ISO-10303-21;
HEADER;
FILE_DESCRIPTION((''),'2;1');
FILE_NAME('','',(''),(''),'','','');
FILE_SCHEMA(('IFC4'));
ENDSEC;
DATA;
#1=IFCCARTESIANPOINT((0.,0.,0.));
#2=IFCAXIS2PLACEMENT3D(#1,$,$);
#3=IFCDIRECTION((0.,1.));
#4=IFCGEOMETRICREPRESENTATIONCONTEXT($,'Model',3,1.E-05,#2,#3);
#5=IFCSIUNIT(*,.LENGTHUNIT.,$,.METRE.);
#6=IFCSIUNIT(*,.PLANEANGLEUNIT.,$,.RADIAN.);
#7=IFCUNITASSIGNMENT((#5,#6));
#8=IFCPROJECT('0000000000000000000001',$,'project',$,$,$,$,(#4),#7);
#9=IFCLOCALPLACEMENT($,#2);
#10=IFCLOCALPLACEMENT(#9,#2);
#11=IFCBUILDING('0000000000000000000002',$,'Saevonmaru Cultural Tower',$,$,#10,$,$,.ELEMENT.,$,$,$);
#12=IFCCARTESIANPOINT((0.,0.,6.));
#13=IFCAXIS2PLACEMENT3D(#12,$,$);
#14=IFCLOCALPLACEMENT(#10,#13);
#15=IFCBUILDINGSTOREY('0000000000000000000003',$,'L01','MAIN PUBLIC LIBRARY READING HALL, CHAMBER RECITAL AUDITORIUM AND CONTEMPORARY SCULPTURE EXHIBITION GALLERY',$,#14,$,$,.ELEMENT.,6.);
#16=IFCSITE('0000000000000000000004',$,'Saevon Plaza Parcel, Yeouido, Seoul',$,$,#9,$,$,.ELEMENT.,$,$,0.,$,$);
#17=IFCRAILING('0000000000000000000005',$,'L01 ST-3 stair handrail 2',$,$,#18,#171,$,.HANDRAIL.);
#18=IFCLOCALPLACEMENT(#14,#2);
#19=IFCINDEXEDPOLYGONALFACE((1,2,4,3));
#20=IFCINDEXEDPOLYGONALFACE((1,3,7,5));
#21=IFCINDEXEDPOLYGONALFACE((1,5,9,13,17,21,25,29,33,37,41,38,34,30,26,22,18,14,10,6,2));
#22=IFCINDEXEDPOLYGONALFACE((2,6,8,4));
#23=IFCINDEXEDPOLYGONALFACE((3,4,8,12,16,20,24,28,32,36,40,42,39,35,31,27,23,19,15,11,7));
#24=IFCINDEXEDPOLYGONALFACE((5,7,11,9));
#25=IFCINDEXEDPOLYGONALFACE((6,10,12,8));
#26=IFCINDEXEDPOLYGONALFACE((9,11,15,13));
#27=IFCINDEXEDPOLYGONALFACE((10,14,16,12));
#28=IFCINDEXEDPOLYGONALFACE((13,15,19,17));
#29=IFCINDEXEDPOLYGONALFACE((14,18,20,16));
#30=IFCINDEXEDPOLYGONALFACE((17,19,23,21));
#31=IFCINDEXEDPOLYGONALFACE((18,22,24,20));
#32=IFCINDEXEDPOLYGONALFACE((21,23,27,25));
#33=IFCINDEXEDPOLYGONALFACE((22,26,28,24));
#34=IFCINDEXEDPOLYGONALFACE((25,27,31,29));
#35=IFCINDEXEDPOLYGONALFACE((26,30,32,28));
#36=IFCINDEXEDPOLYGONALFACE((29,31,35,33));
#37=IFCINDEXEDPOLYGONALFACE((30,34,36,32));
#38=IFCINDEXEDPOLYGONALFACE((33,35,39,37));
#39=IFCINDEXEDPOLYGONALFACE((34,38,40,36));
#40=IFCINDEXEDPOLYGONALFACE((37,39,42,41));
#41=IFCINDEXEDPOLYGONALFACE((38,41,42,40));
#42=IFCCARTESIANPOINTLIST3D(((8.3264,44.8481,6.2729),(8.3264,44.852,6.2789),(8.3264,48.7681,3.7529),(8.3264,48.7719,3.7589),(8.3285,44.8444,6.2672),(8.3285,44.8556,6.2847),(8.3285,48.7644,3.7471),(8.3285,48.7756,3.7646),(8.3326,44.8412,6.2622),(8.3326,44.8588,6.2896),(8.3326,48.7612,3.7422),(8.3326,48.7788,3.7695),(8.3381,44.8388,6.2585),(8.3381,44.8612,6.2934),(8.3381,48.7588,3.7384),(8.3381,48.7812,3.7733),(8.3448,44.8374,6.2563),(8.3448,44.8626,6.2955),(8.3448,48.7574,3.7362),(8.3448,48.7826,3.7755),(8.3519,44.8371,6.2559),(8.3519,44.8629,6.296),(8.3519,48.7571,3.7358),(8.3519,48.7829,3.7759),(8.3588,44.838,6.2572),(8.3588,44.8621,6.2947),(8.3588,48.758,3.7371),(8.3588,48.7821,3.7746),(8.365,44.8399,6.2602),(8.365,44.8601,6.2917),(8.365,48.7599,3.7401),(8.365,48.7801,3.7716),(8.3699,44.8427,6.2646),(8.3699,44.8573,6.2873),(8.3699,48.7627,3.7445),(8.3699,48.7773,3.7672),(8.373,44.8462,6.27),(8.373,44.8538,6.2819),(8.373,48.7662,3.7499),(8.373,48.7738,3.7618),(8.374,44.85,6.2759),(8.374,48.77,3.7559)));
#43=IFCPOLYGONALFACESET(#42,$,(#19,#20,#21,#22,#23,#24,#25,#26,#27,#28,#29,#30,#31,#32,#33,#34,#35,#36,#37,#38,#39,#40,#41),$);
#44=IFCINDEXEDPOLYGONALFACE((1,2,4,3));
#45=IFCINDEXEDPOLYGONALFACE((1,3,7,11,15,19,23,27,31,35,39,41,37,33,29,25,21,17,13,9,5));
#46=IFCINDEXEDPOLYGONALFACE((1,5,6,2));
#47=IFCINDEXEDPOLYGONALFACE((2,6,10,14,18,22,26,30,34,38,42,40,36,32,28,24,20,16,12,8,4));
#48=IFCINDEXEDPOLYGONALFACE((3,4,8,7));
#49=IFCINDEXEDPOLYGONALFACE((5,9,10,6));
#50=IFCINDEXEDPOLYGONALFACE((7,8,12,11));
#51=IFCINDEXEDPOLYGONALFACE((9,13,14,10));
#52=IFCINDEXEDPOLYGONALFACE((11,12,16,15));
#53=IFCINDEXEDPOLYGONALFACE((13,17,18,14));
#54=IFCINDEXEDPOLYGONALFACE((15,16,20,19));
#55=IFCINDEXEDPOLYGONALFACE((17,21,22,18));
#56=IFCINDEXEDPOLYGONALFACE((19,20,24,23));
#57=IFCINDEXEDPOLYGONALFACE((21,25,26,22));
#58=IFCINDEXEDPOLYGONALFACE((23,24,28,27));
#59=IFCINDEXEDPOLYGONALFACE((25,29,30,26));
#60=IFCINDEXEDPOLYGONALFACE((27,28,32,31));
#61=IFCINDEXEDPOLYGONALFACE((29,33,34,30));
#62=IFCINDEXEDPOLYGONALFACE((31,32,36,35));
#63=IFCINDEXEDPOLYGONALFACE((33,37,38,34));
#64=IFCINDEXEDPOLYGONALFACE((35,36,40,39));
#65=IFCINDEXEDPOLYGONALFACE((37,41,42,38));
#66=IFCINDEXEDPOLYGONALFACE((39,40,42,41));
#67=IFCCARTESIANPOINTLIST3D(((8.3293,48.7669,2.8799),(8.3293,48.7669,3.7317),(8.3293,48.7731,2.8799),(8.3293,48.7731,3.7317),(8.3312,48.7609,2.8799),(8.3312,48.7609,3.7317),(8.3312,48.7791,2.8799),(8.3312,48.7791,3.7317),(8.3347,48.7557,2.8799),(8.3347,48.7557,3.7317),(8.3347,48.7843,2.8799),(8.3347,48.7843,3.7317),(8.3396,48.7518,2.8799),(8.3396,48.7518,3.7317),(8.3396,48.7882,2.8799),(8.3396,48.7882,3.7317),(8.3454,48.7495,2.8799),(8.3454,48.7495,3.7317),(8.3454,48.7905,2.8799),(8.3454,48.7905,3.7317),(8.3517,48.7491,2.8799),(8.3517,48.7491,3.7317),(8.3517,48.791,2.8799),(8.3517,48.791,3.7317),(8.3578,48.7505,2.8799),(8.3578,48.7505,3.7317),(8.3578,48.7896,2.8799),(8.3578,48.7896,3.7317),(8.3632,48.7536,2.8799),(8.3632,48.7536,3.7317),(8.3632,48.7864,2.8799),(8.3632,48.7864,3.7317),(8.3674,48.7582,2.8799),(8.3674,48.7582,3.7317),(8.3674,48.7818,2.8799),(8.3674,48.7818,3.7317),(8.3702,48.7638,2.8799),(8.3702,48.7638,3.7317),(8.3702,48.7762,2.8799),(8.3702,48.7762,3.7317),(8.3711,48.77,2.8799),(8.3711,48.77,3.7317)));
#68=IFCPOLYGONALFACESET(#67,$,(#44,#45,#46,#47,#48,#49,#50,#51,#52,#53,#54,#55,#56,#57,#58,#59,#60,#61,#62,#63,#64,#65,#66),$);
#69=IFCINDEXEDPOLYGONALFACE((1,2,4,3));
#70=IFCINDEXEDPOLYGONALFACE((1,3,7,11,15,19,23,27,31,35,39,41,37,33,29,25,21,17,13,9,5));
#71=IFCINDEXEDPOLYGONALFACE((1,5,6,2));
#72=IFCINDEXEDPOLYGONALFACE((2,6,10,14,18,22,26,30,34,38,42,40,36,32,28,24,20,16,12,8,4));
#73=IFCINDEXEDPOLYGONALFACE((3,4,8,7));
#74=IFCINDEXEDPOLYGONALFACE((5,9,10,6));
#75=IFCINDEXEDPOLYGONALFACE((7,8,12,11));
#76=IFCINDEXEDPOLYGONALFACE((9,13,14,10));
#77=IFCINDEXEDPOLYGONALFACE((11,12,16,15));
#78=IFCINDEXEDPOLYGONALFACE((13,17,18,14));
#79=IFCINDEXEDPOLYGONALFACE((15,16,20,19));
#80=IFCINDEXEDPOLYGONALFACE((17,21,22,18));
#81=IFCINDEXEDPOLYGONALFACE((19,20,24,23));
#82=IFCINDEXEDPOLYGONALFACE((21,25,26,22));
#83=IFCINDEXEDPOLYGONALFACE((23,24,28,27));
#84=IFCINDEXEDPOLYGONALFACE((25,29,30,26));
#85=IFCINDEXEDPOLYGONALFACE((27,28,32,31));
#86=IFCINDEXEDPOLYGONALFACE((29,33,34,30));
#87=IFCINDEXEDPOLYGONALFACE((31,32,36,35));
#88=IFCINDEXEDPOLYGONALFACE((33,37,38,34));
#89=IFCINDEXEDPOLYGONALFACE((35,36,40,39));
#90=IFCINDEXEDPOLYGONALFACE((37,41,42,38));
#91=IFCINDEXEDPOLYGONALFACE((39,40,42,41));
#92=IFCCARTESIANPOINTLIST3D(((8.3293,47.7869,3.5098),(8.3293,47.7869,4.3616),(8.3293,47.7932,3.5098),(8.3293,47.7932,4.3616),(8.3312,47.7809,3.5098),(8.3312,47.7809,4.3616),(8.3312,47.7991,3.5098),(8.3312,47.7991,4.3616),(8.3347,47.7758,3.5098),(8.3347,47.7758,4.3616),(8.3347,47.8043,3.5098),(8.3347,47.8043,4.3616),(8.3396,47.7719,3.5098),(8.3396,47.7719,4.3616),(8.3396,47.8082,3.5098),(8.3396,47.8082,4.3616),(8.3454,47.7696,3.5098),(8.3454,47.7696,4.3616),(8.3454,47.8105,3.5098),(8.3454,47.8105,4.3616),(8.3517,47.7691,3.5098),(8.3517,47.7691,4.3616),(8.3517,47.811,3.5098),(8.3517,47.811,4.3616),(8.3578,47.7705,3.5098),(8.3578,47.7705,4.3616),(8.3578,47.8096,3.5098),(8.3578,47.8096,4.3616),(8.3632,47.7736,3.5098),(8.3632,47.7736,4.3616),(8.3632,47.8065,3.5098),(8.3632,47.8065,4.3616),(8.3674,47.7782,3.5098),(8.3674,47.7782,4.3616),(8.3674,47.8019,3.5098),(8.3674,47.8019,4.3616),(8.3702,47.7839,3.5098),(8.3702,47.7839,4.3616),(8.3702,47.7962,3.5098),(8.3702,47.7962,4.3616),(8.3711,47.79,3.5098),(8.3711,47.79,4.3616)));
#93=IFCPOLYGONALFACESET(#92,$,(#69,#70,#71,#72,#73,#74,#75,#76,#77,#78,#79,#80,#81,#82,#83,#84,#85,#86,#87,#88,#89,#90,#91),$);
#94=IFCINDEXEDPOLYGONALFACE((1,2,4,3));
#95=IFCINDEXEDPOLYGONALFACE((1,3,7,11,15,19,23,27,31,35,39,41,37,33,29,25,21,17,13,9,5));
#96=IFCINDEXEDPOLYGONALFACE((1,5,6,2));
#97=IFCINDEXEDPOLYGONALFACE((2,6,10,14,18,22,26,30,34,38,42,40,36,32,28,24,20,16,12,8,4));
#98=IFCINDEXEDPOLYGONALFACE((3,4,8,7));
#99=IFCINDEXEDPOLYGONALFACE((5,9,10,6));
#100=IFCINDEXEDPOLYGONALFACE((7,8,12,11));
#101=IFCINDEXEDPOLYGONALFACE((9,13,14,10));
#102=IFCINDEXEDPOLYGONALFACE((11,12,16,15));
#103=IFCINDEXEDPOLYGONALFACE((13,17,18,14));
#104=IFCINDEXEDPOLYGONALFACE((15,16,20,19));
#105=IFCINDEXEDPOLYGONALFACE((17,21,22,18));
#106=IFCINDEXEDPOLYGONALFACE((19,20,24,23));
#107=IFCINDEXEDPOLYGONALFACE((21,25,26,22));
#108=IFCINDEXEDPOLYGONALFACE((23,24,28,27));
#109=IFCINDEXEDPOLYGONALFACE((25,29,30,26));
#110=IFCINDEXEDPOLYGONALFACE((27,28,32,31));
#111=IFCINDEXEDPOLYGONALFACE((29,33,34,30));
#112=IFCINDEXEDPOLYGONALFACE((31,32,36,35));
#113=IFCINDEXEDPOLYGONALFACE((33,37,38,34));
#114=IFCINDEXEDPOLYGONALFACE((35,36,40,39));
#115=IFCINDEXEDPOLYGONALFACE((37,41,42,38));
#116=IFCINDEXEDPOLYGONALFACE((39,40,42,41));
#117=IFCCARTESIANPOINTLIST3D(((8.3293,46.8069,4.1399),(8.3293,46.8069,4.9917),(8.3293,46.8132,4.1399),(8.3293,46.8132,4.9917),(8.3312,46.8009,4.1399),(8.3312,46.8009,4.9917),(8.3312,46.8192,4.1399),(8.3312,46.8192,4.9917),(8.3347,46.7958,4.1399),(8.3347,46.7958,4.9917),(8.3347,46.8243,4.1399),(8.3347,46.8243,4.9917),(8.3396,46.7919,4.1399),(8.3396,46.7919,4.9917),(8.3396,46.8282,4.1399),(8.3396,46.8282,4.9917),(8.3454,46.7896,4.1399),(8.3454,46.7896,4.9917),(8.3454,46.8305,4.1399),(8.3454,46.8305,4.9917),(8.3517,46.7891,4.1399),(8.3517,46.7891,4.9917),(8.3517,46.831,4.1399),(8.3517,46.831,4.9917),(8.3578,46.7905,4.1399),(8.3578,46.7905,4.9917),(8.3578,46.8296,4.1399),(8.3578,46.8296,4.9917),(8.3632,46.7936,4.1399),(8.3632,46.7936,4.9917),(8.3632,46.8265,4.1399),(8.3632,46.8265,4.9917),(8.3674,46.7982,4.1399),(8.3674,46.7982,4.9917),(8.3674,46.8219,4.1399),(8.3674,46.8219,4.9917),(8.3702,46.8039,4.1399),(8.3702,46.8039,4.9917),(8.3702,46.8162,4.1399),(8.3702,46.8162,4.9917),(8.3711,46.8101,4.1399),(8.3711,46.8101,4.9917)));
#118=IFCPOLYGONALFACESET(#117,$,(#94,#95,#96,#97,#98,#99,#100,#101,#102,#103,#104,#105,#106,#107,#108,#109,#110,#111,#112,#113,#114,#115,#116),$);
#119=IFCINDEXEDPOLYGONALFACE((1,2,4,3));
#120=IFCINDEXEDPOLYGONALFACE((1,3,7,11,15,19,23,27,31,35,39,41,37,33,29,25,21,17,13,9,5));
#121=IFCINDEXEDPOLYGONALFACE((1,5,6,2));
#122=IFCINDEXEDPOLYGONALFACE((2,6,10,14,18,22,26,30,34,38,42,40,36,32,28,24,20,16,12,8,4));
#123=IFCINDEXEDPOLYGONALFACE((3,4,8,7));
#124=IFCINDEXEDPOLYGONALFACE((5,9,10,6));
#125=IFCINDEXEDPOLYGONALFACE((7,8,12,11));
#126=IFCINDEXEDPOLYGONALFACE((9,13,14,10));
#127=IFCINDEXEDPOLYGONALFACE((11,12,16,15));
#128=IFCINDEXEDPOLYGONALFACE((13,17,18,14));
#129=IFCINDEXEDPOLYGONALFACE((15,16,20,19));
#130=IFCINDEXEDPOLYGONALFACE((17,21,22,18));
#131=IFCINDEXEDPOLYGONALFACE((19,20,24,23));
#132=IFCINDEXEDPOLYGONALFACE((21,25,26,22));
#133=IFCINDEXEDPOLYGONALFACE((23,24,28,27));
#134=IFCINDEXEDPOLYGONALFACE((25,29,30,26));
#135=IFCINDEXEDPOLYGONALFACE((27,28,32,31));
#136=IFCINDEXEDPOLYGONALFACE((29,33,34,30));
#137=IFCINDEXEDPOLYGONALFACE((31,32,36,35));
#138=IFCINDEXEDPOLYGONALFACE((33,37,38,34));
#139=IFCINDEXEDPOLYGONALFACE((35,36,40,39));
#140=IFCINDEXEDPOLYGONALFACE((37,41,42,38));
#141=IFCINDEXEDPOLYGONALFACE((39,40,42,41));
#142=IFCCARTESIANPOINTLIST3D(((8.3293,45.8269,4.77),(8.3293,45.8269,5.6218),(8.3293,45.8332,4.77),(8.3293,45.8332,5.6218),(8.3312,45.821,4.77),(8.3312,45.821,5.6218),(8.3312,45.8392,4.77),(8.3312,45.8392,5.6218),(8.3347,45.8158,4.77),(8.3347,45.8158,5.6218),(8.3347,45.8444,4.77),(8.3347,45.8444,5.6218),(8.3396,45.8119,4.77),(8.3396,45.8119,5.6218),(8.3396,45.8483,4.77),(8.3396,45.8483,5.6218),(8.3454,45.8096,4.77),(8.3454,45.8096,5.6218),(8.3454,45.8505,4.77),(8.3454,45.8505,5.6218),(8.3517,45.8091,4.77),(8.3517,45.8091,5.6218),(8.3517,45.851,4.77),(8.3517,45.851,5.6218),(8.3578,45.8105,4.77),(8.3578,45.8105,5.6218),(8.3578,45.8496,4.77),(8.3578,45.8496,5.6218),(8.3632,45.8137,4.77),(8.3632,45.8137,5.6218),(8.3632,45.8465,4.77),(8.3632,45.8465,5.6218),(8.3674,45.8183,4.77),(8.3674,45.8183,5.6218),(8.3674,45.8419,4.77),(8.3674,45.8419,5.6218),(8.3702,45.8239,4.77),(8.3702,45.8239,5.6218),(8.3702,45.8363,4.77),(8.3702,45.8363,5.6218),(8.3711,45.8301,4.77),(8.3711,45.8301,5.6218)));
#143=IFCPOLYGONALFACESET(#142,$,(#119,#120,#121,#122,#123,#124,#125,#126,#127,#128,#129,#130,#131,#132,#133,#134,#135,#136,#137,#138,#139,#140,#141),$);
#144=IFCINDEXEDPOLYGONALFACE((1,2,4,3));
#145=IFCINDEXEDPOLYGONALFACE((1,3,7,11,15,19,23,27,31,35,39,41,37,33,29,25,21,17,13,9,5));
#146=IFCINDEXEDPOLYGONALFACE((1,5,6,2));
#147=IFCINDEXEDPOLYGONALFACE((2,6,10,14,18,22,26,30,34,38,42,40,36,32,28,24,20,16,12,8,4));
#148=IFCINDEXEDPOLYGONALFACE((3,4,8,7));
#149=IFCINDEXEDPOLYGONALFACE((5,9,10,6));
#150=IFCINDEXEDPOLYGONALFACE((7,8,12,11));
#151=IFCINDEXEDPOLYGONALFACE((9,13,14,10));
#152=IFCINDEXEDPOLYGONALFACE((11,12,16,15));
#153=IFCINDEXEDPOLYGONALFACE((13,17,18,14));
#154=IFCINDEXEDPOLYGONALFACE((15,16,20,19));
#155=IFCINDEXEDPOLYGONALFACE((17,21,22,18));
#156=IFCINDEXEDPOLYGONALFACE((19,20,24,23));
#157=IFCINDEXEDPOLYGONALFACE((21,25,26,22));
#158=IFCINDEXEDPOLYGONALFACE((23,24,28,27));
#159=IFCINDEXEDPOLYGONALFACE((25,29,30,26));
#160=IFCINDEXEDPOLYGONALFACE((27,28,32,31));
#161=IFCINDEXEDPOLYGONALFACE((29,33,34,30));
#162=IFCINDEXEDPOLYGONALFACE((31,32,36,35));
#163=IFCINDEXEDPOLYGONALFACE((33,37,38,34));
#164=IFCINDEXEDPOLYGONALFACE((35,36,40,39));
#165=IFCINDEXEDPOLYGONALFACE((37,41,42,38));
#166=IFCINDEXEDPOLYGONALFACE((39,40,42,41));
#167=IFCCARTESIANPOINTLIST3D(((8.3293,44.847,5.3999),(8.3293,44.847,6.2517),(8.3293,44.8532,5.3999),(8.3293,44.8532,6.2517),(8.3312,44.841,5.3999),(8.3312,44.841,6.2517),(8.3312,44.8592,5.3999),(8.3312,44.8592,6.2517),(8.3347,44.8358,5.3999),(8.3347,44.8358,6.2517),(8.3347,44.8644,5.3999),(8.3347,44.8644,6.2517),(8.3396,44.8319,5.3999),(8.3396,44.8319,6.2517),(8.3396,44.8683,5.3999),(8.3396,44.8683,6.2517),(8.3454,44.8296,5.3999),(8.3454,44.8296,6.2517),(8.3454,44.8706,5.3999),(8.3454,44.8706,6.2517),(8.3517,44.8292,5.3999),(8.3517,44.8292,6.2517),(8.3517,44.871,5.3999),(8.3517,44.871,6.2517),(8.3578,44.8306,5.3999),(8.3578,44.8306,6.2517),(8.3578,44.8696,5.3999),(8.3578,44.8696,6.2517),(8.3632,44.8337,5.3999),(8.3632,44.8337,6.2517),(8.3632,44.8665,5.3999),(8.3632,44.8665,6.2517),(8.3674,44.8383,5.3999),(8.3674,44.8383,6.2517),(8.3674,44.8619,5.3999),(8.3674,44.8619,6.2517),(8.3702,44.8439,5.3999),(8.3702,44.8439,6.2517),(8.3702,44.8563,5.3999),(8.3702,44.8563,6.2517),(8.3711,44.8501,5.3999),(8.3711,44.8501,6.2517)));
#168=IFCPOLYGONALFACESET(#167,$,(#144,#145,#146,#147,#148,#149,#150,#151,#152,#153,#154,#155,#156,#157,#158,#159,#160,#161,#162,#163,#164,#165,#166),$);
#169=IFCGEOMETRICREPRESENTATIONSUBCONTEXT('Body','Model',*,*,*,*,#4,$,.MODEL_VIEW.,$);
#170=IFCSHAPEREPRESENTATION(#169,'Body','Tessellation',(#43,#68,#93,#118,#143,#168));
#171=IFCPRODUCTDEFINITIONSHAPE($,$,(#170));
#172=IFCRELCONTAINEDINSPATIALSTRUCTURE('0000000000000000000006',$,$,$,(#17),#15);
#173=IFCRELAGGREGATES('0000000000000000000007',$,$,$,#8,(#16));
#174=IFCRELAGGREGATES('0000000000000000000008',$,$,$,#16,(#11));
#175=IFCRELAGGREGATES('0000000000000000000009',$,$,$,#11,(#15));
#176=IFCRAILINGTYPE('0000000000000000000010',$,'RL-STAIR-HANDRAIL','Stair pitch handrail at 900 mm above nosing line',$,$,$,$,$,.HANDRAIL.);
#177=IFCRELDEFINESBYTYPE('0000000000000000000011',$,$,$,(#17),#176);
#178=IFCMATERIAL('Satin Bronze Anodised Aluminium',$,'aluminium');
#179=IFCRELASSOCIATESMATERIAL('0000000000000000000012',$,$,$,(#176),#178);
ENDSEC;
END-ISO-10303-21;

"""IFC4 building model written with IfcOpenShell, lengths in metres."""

from ifc_helpers import new_model, si_unit, direction, frame, origin, origin_2d, place, context, subcontext, project, spatial, circle, extrude, material, type_object, element, save


model = new_model("IFC4")

# Units and contexts
model_context = context("Model", 3, precision=1e-05, world=origin(), true_north=direction((0.0, 1.0)))
body_context = subcontext(model_context, "Body", "Model", "MODEL_VIEW")
ifc_project = project(units=[si_unit("LENGTHUNIT", "METRE"), si_unit("PLANEANGLEUNIT", "RADIAN")], contexts=[model_context])

# Site, building, storey
site_placement = place(None, origin())
site = spatial("IfcSite", under=ifc_project, at=site_placement, Name="Saevon Plaza Parcel, Yeouido, Seoul", CompositionType="ELEMENT", RefElevation=0.0)
building_placement = place(site_placement, origin())
building = spatial("IfcBuilding", under=site, at=building_placement, Name="Saevonmaru Cultural Tower", CompositionType="ELEMENT")
storey_placement = place(building_placement, frame((0.0, 0.0, 6.0)))
storey = spatial("IfcBuildingStorey", under=building, at=storey_placement, Name="L01", Description="MAIN PUBLIC LIBRARY READING HALL, CHAMBER RECITAL AUDITORIUM AND CONTEMPORARY SCULPTURE EXHIBITION GALLERY", CompositionType="ELEMENT", Elevation=6.0)

# Shared definitions
ifc_material_1 = material(Name="Satin Bronze Anodised Aluminium", Category="aluminium")

# Railing
railing_type_1 = type_object("IfcRailingType", Name="RL-STAIR-HANDRAIL", Description="Stair pitch handrail at 900 mm above nosing line", PredefinedType="HANDRAIL", material=ifc_material_1)
railing_1_placement = place(storey_placement, frame((8.3501, 48.77, 2.8799)))
element("IfcRailing", 1, at=railing_1_placement, inside=storey, type_object=railing_type_1, Name="L01 ST-3 stair handrail 2", PredefinedType="HANDRAIL", context=body_context, shape_type="SweptSolid", body=[
    extrude(circle(Radius=0.0239, at=origin_2d()), frame((0.0, 0.0, 0.876), z_axis=(0.0, -0.841172, 0.540768), x_axis=(1.0, 0.0, 0.0)), (0.0, 0.0, 1.0), 4.6602),
    extrude(circle(Radius=0.021, at=origin_2d()), origin(), (0.0, 0.0, 1.0), 0.8518),
    extrude(circle(Radius=0.021, at=origin_2d()), frame((0.0, -0.98, 0.6299)), (0.0, 0.0, 1.0), 0.8518),
    extrude(circle(Radius=0.021, at=origin_2d()), frame((0.0, -1.96, 1.26)), (0.0, 0.0, 1.0), 0.8518),
    extrude(circle(Radius=0.021, at=origin_2d()), frame((0.0, -2.9399, 1.8901)), (0.0, 0.0, 1.0), 0.8518),
    extrude(circle(Radius=0.021, at=origin_2d()), frame((0.0, -3.9199, 2.52)), (0.0, 0.0, 1.0), 0.8518),
])

save(model, "model.ifc")
